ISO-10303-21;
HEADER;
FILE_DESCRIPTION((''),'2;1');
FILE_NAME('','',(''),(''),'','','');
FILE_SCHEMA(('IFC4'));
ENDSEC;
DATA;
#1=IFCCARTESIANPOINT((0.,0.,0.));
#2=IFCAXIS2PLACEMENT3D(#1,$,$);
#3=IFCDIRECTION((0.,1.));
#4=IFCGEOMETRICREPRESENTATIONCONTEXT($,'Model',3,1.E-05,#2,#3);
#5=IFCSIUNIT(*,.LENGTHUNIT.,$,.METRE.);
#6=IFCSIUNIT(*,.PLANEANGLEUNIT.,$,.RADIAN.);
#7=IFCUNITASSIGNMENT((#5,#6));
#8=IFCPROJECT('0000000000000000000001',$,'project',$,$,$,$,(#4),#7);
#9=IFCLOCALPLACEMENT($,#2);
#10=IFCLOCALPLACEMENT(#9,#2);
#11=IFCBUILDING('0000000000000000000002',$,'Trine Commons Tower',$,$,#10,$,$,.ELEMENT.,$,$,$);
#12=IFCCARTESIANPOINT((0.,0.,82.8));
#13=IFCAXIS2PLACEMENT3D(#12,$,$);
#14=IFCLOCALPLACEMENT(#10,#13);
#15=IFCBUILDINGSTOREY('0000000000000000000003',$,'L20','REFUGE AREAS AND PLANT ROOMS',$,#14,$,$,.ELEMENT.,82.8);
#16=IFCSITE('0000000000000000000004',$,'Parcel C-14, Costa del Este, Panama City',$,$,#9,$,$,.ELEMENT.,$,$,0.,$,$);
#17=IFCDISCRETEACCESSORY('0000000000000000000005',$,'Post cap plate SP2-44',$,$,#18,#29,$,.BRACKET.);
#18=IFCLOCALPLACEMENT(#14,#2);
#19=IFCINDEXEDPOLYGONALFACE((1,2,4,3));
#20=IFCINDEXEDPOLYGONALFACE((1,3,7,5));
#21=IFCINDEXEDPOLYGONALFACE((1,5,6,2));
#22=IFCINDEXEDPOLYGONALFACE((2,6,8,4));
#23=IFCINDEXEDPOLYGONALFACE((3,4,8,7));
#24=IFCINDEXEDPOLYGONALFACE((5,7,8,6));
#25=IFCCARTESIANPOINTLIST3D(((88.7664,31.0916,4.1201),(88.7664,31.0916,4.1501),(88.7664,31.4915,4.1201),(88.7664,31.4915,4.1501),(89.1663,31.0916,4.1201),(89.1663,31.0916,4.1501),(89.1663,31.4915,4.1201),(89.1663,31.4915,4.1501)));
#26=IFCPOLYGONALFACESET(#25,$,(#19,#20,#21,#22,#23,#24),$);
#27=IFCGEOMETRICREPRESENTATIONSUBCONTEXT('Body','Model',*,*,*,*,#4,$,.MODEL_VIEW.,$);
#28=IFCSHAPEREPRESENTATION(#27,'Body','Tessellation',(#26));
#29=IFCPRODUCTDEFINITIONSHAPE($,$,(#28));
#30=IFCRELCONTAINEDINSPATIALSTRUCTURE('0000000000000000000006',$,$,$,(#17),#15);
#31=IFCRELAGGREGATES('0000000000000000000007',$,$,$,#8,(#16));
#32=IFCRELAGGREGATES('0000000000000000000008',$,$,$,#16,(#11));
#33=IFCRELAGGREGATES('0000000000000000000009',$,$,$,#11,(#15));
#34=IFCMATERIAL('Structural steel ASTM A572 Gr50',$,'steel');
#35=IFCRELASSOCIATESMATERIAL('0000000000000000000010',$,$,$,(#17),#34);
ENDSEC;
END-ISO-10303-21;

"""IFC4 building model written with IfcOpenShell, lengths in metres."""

from ifc_helpers import new_model, si_unit, direction, frame, origin, origin_2d, place, context, subcontext, project, spatial, rectangle, extrude, material, element, save


model = new_model("IFC4")

# Units and contexts
model_context = context("Model", 3, precision=1e-05, world=origin(), true_north=direction((0.0, 1.0)))
body_context = subcontext(model_context, "Body", "Model", "MODEL_VIEW")
ifc_project = project(units=[si_unit("LENGTHUNIT", "METRE"), si_unit("PLANEANGLEUNIT", "RADIAN")], contexts=[model_context])

# Site, building, storey
site_placement = place(None, origin())
site = spatial("IfcSite", under=ifc_project, at=site_placement, Name="Parcel C-14, Costa del Este, Panama City", CompositionType="ELEMENT", RefElevation=0.0)
building_placement = place(site_placement, origin())
building = spatial("IfcBuilding", under=site, at=building_placement, Name="Trine Commons Tower", CompositionType="ELEMENT")
storey_placement = place(building_placement, frame((0.0, 0.0, 82.8)))
storey = spatial("IfcBuildingStorey", under=building, at=storey_placement, Name="L20", Description="REFUGE AREAS AND PLANT ROOMS", CompositionType="ELEMENT", Elevation=82.8)

# Discrete accessory
ifc_material_1 = material(Name="Structural steel ASTM A572 Gr50", Category="steel")
for number, where, z_axis, x_axis, name in (
    (1, (88.9663, 31.2915, 4.1201), (0.0, 0.0, 1.0), (1.0, 0.0, 0.0), "Post cap plate SP2-44"),
):
    element("IfcDiscreteAccessory", number, at=place(storey_placement, frame(where, z_axis=z_axis, x_axis=x_axis)), inside=storey, material=ifc_material_1, Name=name, PredefinedType="BRACKET", context=body_context, shape_type="SweptSolid", body=[
        extrude(rectangle(XDim=0.3999, YDim=0.3999, at=origin_2d()), origin(), (0.0, 0.0, 1.0), 0.03),
    ])

save(model, "model.ifc")
